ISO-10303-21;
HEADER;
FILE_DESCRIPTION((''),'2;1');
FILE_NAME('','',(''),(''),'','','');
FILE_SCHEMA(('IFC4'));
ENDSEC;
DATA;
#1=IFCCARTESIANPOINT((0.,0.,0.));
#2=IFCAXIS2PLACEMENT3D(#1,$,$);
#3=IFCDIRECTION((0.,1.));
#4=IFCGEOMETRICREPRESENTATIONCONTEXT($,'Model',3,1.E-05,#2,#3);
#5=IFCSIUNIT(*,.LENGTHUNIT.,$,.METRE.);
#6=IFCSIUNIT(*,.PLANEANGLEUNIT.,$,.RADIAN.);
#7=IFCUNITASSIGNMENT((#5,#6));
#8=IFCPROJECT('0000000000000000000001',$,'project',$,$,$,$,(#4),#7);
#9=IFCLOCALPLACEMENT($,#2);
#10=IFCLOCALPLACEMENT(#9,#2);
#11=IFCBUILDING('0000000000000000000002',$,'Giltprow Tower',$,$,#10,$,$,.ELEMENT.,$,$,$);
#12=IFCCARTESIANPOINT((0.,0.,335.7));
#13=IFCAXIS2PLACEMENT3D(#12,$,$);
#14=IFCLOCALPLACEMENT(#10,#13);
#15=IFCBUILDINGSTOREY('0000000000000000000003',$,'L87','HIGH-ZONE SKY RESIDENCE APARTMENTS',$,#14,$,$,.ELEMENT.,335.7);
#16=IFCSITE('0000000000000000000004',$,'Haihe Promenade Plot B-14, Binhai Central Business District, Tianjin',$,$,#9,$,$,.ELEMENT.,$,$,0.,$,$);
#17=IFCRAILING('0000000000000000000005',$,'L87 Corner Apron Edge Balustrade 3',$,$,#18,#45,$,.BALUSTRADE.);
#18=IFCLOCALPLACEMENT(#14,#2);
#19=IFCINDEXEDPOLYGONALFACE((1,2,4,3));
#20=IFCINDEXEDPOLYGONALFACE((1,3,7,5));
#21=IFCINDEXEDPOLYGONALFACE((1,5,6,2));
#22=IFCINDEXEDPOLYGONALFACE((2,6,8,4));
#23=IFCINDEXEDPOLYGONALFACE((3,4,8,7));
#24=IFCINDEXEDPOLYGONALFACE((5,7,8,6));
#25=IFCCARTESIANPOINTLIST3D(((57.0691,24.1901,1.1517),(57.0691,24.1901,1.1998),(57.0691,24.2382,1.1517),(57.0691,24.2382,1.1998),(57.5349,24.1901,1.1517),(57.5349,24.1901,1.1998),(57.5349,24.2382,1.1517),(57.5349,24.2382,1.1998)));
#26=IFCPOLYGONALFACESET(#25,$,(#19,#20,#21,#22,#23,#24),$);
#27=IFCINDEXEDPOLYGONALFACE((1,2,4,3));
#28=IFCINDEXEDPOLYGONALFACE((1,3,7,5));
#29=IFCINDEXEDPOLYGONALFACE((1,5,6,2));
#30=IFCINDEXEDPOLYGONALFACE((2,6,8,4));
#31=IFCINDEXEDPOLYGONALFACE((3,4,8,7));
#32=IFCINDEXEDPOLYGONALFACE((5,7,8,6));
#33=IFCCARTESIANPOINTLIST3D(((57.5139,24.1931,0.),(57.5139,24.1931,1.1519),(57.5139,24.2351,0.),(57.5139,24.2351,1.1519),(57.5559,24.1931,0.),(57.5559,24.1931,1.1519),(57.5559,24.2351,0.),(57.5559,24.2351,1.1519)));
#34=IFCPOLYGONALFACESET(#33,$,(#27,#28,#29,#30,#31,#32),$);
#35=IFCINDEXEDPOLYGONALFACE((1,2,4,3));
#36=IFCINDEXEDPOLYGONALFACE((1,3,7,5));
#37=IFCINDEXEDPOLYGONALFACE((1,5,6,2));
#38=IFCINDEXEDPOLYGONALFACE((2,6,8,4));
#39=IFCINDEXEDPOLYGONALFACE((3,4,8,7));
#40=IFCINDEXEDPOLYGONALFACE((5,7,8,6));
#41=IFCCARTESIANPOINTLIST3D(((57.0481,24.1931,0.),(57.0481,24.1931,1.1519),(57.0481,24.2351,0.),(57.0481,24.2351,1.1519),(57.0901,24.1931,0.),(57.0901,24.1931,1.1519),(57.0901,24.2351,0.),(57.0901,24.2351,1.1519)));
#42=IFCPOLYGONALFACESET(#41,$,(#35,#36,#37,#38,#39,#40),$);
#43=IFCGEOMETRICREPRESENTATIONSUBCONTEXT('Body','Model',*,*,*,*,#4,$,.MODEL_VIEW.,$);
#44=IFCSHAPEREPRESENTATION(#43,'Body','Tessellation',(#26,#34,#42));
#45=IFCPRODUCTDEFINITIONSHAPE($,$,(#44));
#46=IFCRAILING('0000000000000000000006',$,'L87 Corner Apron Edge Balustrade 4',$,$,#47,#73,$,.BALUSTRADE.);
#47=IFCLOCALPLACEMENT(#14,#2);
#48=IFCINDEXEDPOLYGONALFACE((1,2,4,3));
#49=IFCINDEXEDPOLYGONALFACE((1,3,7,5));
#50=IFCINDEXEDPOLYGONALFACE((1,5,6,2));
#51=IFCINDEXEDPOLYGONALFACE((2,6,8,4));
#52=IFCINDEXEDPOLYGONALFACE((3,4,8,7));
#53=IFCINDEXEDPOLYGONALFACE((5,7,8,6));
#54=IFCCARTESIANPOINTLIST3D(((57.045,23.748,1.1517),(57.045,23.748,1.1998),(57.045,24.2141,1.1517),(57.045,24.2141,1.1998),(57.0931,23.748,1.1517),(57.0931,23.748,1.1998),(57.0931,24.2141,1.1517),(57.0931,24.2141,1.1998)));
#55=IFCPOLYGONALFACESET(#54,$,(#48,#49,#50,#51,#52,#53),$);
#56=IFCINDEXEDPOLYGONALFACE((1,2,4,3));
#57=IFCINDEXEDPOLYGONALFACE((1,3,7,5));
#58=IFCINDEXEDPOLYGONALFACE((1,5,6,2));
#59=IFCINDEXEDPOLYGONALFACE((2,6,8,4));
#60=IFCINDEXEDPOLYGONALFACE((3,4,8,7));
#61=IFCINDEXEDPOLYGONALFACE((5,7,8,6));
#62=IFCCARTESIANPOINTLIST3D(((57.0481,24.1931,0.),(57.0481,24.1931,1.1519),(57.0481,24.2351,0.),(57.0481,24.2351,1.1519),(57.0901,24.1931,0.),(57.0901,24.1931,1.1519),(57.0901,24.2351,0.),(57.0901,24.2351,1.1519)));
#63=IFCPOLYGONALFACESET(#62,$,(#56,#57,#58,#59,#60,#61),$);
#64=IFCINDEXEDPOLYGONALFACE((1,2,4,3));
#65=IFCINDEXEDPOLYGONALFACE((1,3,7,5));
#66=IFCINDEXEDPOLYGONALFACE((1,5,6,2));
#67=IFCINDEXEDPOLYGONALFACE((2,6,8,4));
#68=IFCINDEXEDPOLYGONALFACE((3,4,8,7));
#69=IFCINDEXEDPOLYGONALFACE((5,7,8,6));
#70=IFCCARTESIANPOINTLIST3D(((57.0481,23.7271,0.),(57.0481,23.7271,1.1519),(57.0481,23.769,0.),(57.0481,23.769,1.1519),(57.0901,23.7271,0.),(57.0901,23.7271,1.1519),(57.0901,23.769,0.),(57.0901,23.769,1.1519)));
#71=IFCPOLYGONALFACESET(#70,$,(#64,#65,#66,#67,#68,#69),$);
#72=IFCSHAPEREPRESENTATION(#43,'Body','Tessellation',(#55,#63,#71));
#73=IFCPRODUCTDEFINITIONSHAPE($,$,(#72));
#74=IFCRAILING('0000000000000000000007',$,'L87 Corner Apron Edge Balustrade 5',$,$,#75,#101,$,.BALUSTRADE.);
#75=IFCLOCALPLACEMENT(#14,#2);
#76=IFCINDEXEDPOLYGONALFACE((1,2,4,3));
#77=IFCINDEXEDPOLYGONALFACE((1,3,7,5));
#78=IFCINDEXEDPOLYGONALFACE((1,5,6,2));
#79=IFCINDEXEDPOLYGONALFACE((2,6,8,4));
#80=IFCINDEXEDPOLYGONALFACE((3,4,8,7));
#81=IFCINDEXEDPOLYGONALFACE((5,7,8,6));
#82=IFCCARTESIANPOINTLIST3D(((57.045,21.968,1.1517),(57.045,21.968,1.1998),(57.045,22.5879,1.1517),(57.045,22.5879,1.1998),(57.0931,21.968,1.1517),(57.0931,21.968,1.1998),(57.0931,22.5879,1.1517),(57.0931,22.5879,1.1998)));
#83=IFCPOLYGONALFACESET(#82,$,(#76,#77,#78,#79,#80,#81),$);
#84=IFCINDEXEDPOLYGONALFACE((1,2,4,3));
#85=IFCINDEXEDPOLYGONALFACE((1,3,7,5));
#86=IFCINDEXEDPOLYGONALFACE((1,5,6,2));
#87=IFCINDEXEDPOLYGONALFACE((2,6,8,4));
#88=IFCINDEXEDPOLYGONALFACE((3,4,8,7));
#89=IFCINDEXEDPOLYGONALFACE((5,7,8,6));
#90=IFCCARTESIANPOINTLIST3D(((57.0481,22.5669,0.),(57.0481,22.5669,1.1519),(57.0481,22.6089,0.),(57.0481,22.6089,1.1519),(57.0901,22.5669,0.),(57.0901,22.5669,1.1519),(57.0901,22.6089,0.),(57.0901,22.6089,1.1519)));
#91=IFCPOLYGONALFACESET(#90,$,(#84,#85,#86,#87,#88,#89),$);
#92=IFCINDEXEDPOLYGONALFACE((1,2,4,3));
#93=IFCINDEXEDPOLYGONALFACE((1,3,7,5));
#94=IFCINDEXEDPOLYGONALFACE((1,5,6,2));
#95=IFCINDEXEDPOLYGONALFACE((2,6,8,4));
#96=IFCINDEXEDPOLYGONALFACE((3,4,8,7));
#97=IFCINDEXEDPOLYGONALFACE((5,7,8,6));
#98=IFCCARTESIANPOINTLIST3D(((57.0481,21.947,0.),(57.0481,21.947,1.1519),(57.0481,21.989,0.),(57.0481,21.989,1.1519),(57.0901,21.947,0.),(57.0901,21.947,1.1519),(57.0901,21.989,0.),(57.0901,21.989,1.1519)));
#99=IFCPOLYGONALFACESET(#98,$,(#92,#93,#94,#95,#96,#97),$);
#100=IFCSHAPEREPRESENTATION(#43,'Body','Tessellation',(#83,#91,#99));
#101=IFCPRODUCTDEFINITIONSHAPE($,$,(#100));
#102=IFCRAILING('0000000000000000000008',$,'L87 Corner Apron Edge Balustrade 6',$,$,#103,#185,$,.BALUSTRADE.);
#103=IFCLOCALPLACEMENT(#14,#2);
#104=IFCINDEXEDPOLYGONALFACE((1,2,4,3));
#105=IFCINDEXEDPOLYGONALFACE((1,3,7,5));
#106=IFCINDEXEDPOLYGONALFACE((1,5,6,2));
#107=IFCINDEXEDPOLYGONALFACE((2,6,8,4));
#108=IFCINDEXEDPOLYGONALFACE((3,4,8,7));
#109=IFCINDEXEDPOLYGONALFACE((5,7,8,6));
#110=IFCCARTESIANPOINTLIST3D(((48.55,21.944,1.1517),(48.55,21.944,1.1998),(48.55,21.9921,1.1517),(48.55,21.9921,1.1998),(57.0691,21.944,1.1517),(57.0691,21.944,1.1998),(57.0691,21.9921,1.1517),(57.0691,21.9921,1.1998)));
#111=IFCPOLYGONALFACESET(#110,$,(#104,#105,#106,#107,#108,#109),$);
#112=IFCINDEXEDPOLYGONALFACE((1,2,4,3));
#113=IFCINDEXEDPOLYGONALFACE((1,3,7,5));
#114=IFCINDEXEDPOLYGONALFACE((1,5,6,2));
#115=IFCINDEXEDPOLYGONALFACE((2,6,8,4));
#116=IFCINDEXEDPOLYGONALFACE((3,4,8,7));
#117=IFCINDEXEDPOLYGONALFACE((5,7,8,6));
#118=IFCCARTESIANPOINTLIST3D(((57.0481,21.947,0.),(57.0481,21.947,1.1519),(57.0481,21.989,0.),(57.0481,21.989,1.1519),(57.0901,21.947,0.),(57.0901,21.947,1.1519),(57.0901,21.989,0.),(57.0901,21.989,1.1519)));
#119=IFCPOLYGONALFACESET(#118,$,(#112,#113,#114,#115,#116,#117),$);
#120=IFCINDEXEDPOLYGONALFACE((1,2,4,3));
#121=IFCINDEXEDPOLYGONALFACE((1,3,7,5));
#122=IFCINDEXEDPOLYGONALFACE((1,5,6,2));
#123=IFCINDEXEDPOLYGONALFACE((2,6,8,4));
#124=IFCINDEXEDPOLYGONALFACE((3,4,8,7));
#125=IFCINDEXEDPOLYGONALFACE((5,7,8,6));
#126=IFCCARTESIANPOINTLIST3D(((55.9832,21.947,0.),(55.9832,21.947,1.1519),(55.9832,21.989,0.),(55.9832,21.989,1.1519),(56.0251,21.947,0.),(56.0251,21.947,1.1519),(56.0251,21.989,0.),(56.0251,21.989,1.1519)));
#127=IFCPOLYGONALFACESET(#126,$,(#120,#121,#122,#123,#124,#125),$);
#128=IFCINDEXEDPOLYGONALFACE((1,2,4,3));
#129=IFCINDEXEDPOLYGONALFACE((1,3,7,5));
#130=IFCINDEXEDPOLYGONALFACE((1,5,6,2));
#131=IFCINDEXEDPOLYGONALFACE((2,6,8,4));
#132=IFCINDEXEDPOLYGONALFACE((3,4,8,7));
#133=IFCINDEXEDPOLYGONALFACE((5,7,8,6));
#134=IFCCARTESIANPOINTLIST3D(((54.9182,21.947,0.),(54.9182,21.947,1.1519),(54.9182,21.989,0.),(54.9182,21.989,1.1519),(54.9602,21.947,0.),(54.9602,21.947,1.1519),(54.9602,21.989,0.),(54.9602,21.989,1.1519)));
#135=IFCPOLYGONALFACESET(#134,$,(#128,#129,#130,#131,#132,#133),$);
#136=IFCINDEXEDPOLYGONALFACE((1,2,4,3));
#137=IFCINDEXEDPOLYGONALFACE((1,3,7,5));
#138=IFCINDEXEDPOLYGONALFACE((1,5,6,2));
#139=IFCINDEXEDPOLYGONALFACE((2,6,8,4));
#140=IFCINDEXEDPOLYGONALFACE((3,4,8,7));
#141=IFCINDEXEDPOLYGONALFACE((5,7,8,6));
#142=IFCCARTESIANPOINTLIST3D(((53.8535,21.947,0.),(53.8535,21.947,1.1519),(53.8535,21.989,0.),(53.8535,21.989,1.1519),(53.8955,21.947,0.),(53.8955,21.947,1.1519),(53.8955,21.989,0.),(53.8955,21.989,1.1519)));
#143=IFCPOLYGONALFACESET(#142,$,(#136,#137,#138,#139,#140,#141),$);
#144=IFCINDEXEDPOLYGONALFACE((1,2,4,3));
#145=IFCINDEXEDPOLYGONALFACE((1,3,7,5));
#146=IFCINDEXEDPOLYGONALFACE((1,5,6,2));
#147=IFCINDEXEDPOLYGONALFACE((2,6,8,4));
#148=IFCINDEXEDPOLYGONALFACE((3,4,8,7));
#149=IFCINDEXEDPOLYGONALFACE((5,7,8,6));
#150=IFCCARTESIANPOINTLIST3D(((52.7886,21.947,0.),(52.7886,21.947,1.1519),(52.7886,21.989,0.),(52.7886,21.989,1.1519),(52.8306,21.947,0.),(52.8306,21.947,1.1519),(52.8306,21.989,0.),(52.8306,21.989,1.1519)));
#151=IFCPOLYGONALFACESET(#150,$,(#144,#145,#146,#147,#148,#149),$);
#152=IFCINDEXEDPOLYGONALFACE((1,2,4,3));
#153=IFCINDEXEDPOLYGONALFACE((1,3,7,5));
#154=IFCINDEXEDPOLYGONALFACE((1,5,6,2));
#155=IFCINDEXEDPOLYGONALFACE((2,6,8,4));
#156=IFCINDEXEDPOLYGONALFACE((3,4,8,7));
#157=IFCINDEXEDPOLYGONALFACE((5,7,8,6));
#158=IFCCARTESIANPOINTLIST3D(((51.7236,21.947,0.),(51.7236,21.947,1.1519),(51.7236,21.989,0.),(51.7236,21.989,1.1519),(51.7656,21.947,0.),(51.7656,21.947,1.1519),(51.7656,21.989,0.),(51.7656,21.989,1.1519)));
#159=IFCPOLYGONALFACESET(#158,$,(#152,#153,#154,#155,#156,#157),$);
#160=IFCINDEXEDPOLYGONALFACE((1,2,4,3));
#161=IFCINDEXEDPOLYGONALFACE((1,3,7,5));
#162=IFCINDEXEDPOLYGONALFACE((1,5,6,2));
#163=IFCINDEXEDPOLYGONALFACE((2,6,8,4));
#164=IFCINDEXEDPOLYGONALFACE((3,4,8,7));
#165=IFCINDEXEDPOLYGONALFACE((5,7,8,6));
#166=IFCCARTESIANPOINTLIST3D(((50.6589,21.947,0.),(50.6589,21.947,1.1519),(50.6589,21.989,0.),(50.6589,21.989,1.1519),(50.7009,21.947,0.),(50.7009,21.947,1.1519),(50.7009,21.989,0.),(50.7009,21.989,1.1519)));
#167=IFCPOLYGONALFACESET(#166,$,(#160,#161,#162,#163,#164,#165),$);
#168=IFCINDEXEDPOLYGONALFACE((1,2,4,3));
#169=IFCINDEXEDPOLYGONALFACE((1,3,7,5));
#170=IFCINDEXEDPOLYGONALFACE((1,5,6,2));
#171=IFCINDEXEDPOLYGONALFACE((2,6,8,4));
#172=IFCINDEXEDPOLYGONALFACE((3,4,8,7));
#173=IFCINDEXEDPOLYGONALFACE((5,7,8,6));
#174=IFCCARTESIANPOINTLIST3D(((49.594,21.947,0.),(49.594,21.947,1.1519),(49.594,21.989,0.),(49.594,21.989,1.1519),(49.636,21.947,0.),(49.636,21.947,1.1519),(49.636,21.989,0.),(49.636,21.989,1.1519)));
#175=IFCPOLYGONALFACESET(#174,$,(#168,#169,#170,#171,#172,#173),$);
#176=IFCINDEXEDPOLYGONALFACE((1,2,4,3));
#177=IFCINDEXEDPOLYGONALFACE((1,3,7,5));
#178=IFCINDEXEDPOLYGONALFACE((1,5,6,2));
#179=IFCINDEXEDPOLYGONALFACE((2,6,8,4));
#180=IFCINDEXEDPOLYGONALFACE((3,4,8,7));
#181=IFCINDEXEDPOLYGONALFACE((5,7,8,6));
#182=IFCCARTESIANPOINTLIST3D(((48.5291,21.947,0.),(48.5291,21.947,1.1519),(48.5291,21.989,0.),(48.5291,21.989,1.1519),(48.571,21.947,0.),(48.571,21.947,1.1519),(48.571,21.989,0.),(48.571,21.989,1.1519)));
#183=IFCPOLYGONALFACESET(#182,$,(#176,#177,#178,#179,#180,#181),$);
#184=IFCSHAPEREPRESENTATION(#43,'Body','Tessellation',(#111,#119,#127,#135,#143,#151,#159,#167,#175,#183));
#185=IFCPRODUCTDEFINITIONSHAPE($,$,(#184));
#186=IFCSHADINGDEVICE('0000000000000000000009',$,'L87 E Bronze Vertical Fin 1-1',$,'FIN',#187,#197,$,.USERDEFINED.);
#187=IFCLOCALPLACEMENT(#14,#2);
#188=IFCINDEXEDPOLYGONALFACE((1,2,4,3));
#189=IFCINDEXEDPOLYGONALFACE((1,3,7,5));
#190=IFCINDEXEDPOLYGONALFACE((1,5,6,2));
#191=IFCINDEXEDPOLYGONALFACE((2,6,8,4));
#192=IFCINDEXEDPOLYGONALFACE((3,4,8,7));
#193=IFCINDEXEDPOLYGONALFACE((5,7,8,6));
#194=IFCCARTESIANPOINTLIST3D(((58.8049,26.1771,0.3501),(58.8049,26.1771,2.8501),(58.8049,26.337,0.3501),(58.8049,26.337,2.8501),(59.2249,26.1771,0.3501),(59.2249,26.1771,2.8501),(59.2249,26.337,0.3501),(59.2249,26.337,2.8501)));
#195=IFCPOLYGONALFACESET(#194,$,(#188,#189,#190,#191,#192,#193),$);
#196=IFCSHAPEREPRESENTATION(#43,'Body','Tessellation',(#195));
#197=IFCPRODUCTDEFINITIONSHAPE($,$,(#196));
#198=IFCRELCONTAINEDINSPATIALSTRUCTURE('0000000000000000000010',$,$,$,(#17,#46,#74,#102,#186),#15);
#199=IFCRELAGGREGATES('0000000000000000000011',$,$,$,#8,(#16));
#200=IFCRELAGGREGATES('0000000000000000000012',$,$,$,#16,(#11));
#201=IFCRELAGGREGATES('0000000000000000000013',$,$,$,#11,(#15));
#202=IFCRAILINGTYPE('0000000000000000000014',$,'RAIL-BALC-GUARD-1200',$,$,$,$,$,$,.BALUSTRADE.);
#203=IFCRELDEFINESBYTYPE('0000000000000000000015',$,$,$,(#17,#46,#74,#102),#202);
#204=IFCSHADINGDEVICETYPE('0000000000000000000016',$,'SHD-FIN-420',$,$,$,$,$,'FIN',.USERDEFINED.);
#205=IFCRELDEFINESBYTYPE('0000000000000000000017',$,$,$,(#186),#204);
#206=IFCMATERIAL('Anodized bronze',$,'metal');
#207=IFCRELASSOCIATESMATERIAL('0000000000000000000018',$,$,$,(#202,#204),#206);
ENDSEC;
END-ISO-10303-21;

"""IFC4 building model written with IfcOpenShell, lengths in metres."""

from ifc_helpers import new_model, si_unit, direction, frame, origin, origin_2d, place, context, subcontext, project, spatial, rectangle, extrude, source, transform, mapped, material, type_object, element, save


model = new_model("IFC4")

# Units and contexts
model_context = context("Model", 3, precision=1e-05, world=origin(), true_north=direction((0.0, 1.0)))
body_context = subcontext(model_context, "Body", "Model", "MODEL_VIEW")
ifc_project = project(units=[si_unit("LENGTHUNIT", "METRE"), si_unit("PLANEANGLEUNIT", "RADIAN")], contexts=[model_context])

# Site, building, storey
site_placement = place(None, origin())
site = spatial("IfcSite", under=ifc_project, at=site_placement, Name="Haihe Promenade Plot B-14, Binhai Central Business District, Tianjin", CompositionType="ELEMENT", RefElevation=0.0)
building_placement = place(site_placement, origin())
building = spatial("IfcBuilding", under=site, at=building_placement, Name="Giltprow Tower", CompositionType="ELEMENT")
storey_placement = place(building_placement, frame((0.0, 0.0, 335.7)))
storey = spatial("IfcBuildingStorey", under=building, at=storey_placement, Name="L87", Description="HIGH-ZONE SKY RESIDENCE APARTMENTS", CompositionType="ELEMENT", Elevation=335.7)

# Shared definitions
ifc_material_1 = material(Name="Anodized bronze", Category="metal")

# Railings
railing_type = type_object("IfcRailingType", Name="RAIL-BALC-GUARD-1200", PredefinedType="BALUSTRADE", material=ifc_material_1)
railing_1_placement = place(storey_placement, frame((57.5349, 24.2141, 0.0)))
element("IfcRailing", 1, at=railing_1_placement, inside=storey, type_object=railing_type, Name="L87 Corner Apron Edge Balustrade 3", PredefinedType="BALUSTRADE", context=body_context, shape_type="SweptSolid", body=[
    extrude(rectangle(XDim=0.0481, YDim=0.0481, at=origin_2d()), frame((0.0, 0.0, 1.1758), z_axis=(-1.0, 0.0, 0.0), x_axis=(0.0, -1.0, 0.0)), (0.0, 0.0, 1.0), 0.4658),
    extrude(rectangle(XDim=0.042, YDim=0.042, at=origin_2d()), origin(), (0.0, 0.0, 1.0), 1.1519),
    extrude(rectangle(XDim=0.042, YDim=0.042, at=origin_2d()), frame((-0.4658, 0.0, 0.0)), (0.0, 0.0, 1.0), 1.1519),
])
railing_2_placement = place(storey_placement, frame((57.0691, 24.2141, 0.0)))
element("IfcRailing", 2, at=railing_2_placement, inside=storey, type_object=railing_type, Name="L87 Corner Apron Edge Balustrade 4", PredefinedType="BALUSTRADE", context=body_context, shape_type="SweptSolid", body=[
    extrude(rectangle(XDim=0.0481, YDim=0.0481, at=origin_2d()), frame((0.0, 0.0, 1.1758), z_axis=(0.0, -1.0, 0.0), x_axis=(1.0, 0.0, 0.0)), (0.0, 0.0, 1.0), 0.4661),
    extrude(rectangle(XDim=0.042, YDim=0.042, at=origin_2d()), origin(), (0.0, 0.0, 1.0), 1.1519),
    extrude(rectangle(XDim=0.042, YDim=0.042, at=origin_2d()), frame((0.0, -0.4661, 0.0)), (0.0, 0.0, 1.0), 1.1519),
])
railing_3_placement = place(storey_placement, frame((57.0691, 22.5879, 0.0)))
element("IfcRailing", 3, at=railing_3_placement, inside=storey, type_object=railing_type, Name="L87 Corner Apron Edge Balustrade 5", PredefinedType="BALUSTRADE", context=body_context, shape_type="SweptSolid", body=[
    extrude(rectangle(XDim=0.0481, YDim=0.0481, at=origin_2d()), frame((0.0, 0.0, 1.1758), z_axis=(0.0, -1.0, 0.0), x_axis=(1.0, 0.0, 0.0)), (0.0, 0.0, 1.0), 0.6199),
    extrude(rectangle(XDim=0.042, YDim=0.042, at=origin_2d()), origin(), (0.0, 0.0, 1.0), 1.1519),
    extrude(rectangle(XDim=0.042, YDim=0.042, at=origin_2d()), frame((0.0, -0.6199, 0.0)), (0.0, 0.0, 1.0), 1.1519),
])
railing_4_placement = place(storey_placement, frame((57.0691, 21.968, 0.0)))
element("IfcRailing", 4, at=railing_4_placement, inside=storey, type_object=railing_type, Name="L87 Corner Apron Edge Balustrade 6", PredefinedType="BALUSTRADE", context=body_context, shape_type="SweptSolid", body=[
    extrude(rectangle(XDim=0.0481, YDim=0.0481, at=origin_2d()), frame((0.0, 0.0, 1.1758), z_axis=(-1.0, 0.0, 0.0), x_axis=(0.0, -1.0, 0.0)), (0.0, 0.0, 1.0), 8.519),
    extrude(rectangle(XDim=0.042, YDim=0.042, at=origin_2d()), origin(), (0.0, 0.0, 1.0), 1.1519),
    extrude(rectangle(XDim=0.042, YDim=0.042, at=origin_2d()), frame((-1.0649, 0.0, 0.0)), (0.0, 0.0, 1.0), 1.1519),
    extrude(rectangle(XDim=0.042, YDim=0.042, at=origin_2d()), frame((-2.1299, 0.0, 0.0)), (0.0, 0.0, 1.0), 1.1519),
    extrude(rectangle(XDim=0.042, YDim=0.042, at=origin_2d()), frame((-3.1946, 0.0, 0.0)), (0.0, 0.0, 1.0), 1.1519),
    extrude(rectangle(XDim=0.042, YDim=0.042, at=origin_2d()), frame((-4.2595, 0.0, 0.0)), (0.0, 0.0, 1.0), 1.1519),
    extrude(rectangle(XDim=0.042, YDim=0.042, at=origin_2d()), frame((-5.3245, 0.0, 0.0)), (0.0, 0.0, 1.0), 1.1519),
    extrude(rectangle(XDim=0.042, YDim=0.042, at=origin_2d()), frame((-6.3892, 0.0, 0.0)), (0.0, 0.0, 1.0), 1.1519),
    extrude(rectangle(XDim=0.042, YDim=0.042, at=origin_2d()), frame((-7.4541, 0.0, 0.0)), (0.0, 0.0, 1.0), 1.1519),
    extrude(rectangle(XDim=0.042, YDim=0.042, at=origin_2d()), frame((-8.519, 0.0, 0.0)), (0.0, 0.0, 1.0), 1.1519),
])

# Shading device
shading_device_type = type_object("IfcShadingDeviceType", Name="SHD-FIN-420", ElementType="FIN", PredefinedType="USERDEFINED", material=ifc_material_1)
shared_shape_1 = source(origin(), body_context, "Body", "SweptSolid", [
    extrude(rectangle(XDim=0.4199, YDim=0.1599, at=origin_2d()), origin(), (0.0, 0.0, 1.0), 2.5),
])
shading_device_placement = place(storey_placement, frame((59.0149, 26.2571, 0.3501), z_axis=(0.0, 0.0, 1.0), x_axis=(1.0, 0.0, 0.0)))
element("IfcShadingDevice", 5, at=shading_device_placement, inside=storey, type_object=shading_device_type, Name="L87 E Bronze Vertical Fin 1-1", ObjectType="FIN", PredefinedType="USERDEFINED", context=body_context, shape_type="MappedRepresentation", body=[
    mapped(shared_shape_1, transform((0.0, 0.0, 0.0), x_axis=(1.0, 0.0, 0.0), y_axis=(0.0, 1.0, 0.0), z_axis=(0.0, 0.0, 1.0), scale=1.0)),
])

save(model, "model.ifc")
